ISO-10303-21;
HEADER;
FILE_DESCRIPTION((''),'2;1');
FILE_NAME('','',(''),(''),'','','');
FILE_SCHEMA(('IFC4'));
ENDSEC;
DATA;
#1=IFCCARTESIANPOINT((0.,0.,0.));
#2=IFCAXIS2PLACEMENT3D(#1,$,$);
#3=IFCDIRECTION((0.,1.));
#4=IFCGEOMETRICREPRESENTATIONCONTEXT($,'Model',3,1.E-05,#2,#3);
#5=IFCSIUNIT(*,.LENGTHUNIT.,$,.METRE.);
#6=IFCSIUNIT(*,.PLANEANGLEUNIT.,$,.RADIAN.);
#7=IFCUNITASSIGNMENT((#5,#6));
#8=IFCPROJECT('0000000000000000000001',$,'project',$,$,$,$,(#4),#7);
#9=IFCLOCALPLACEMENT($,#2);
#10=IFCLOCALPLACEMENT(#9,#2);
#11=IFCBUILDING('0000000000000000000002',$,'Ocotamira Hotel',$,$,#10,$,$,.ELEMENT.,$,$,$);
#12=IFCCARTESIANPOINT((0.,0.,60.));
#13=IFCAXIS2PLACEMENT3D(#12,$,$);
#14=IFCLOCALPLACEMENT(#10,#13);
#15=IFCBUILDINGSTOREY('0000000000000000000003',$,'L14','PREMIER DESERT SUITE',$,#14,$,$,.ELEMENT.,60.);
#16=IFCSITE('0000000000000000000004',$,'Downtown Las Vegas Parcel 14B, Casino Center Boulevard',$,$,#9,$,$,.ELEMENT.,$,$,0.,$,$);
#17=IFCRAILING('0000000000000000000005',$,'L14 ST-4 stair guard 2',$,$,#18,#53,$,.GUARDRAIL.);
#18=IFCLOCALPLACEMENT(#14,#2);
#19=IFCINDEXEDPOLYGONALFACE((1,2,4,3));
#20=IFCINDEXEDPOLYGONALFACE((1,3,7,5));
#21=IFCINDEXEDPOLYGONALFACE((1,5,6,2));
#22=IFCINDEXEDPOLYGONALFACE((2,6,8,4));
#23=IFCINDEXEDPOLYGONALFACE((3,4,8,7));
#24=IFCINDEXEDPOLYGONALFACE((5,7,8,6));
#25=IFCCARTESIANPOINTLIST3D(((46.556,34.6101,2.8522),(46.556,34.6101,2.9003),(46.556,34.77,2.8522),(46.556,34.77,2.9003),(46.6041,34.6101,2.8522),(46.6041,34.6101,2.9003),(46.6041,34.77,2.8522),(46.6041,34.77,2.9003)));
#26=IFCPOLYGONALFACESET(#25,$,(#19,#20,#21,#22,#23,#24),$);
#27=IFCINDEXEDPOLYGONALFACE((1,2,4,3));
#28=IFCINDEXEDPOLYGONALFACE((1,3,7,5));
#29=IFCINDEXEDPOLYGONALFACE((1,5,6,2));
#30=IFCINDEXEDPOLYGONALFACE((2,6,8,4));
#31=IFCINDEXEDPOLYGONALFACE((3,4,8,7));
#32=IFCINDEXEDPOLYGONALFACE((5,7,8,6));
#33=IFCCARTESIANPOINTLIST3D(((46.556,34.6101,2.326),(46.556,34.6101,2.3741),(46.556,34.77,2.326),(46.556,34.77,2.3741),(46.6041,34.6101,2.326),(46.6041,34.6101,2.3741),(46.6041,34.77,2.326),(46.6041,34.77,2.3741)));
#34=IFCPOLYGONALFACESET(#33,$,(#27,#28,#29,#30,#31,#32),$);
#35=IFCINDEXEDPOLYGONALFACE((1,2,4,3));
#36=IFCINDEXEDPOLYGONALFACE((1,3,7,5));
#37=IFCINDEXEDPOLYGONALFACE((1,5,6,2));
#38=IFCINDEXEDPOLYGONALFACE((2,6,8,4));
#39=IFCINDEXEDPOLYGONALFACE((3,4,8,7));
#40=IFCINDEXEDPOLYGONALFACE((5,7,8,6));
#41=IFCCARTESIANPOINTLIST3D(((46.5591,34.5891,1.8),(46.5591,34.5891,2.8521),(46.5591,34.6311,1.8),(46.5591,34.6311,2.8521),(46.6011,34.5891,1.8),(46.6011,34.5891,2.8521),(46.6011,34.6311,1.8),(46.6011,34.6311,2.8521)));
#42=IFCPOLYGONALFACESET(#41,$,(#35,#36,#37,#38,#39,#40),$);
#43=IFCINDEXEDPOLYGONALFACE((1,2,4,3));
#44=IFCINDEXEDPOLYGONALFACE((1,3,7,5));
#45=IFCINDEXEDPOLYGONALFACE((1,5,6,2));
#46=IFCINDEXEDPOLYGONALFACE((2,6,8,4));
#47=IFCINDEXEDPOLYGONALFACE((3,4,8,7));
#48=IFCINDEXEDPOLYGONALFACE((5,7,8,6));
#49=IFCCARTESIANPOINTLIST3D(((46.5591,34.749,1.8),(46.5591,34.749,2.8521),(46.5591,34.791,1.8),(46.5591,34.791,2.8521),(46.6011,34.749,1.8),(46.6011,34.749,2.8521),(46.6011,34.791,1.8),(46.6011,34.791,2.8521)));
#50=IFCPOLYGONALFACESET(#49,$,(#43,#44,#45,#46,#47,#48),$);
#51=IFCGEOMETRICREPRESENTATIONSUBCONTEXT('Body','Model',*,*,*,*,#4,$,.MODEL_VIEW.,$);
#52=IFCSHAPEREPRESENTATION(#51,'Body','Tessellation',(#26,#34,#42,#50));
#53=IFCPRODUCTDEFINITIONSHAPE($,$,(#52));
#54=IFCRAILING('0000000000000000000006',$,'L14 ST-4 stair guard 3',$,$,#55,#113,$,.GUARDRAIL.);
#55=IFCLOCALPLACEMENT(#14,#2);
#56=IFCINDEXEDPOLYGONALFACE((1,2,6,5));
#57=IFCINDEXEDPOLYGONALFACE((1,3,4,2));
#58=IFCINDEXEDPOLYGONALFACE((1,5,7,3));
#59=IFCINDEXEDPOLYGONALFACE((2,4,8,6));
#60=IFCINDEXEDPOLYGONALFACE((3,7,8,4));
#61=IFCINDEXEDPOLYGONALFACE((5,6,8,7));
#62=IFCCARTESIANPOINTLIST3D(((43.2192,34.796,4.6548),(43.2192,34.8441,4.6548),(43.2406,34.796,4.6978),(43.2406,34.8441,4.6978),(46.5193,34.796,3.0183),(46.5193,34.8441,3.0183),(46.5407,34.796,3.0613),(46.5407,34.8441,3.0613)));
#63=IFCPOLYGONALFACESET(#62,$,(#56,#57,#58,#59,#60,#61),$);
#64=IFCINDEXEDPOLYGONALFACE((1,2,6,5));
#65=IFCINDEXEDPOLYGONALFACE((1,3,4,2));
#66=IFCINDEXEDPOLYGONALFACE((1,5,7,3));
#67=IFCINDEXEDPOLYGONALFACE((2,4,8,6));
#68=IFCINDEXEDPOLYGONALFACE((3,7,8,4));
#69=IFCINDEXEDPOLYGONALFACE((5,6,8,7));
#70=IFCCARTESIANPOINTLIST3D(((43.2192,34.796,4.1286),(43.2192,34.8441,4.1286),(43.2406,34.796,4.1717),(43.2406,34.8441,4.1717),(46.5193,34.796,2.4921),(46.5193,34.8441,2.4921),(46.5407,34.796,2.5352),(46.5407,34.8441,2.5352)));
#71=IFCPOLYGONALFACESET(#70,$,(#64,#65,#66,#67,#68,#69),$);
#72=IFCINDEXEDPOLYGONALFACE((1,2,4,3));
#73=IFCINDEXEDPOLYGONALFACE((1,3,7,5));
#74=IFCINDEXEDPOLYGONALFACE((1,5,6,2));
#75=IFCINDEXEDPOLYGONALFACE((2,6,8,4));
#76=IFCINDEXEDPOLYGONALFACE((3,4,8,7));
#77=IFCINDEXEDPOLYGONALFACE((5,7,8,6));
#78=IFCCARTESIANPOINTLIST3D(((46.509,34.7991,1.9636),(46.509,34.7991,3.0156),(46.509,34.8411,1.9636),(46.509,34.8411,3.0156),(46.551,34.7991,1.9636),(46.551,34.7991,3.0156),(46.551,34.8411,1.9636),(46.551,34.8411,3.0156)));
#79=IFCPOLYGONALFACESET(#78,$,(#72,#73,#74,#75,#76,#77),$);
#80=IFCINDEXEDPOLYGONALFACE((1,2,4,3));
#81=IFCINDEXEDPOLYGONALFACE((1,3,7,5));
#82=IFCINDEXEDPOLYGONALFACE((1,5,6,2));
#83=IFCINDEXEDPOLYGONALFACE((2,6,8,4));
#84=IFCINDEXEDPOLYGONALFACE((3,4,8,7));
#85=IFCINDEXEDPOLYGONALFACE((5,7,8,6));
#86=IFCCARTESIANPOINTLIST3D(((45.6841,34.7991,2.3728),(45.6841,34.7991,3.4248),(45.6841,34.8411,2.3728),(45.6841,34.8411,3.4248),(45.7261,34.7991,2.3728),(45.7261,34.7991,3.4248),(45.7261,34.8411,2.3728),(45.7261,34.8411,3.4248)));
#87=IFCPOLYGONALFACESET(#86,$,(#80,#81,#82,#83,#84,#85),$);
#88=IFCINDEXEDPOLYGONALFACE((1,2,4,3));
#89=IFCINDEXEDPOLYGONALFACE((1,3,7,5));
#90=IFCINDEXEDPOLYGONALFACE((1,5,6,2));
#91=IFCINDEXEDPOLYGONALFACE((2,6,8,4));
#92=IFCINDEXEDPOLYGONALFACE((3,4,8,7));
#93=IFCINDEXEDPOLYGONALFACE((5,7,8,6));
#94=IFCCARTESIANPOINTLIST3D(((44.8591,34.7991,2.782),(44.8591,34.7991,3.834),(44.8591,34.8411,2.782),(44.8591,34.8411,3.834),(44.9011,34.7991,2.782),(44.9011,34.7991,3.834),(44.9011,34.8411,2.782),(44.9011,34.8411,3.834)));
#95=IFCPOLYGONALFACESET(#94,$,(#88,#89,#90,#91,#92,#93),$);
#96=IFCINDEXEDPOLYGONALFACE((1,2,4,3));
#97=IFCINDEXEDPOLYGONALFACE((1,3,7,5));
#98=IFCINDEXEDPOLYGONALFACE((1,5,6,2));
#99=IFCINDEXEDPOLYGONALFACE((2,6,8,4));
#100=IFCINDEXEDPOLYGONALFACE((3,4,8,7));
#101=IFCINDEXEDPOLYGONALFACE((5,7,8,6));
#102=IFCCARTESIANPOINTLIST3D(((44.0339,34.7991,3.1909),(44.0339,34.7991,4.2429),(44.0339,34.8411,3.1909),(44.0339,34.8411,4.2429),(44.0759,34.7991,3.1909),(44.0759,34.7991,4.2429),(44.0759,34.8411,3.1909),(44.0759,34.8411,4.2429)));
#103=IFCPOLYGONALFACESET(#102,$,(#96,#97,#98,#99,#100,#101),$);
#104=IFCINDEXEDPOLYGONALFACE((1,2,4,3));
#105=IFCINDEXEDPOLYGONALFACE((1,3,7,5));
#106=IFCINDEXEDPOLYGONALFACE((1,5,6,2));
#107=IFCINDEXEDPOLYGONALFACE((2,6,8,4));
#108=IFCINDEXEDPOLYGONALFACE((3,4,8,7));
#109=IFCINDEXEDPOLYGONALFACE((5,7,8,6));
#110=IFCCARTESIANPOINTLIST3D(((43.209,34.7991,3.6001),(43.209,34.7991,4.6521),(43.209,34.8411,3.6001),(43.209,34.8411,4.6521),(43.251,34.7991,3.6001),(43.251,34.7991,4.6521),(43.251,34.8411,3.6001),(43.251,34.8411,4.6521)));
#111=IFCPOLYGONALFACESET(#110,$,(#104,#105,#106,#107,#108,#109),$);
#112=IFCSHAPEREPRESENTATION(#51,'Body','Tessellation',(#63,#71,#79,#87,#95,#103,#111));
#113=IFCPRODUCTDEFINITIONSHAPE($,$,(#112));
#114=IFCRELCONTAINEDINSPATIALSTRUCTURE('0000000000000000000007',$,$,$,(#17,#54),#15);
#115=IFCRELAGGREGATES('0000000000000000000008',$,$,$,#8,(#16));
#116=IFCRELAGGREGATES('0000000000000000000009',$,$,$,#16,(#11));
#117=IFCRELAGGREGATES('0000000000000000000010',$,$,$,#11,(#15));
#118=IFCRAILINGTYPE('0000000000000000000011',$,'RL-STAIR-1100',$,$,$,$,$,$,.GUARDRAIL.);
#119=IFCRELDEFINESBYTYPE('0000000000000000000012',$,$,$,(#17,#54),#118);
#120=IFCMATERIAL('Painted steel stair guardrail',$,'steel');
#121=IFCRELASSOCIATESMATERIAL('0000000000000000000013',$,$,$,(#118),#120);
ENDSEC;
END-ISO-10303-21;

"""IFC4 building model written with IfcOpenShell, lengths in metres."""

from ifc_helpers import new_model, si_unit, direction, frame, origin, origin_2d, place, context, subcontext, project, spatial, rectangle, extrude, material, type_object, element, save


model = new_model("IFC4")

# Units and contexts
model_context = context("Model", 3, precision=1e-05, world=origin(), true_north=direction((0.0, 1.0)))
body_context = subcontext(model_context, "Body", "Model", "MODEL_VIEW")
ifc_project = project(units=[si_unit("LENGTHUNIT", "METRE"), si_unit("PLANEANGLEUNIT", "RADIAN")], contexts=[model_context])

# Site, building, storey
site_placement = place(None, origin())
site = spatial("IfcSite", under=ifc_project, at=site_placement, Name="Downtown Las Vegas Parcel 14B, Casino Center Boulevard", CompositionType="ELEMENT", RefElevation=0.0)
building_placement = place(site_placement, origin())
building = spatial("IfcBuilding", under=site, at=building_placement, Name="Ocotamira Hotel", CompositionType="ELEMENT")
storey_placement = place(building_placement, frame((0.0, 0.0, 60.0)))
storey = spatial("IfcBuildingStorey", under=building, at=storey_placement, Name="L14", Description="PREMIER DESERT SUITE", CompositionType="ELEMENT", Elevation=60.0)

# Railings
ifc_material_1 = material(Name="Painted steel stair guardrail", Category="steel")
railing_type_1 = type_object("IfcRailingType", Name="RL-STAIR-1100", PredefinedType="GUARDRAIL", material=ifc_material_1)
railing_1_placement = place(storey_placement, frame((46.5801, 34.6101, 1.8)))
element("IfcRailing", 1, at=railing_1_placement, inside=storey, type_object=railing_type_1, Name="L14 ST-4 stair guard 2", PredefinedType="GUARDRAIL", context=body_context, shape_type="SweptSolid", body=[
    extrude(rectangle(XDim=0.0481, YDim=0.0481, at=origin_2d()), frame((0.0, 0.0, 1.0762), z_axis=(0.0, 1.0, 0.0), x_axis=(-1.0, 0.0, 0.0)), (0.0, 0.0, 1.0), 0.1599),
    extrude(rectangle(XDim=0.0481, YDim=0.0481, at=origin_2d()), frame((0.0, 0.0, 0.55), z_axis=(0.0, 1.0, 0.0), x_axis=(-1.0, 0.0, 0.0)), (0.0, 0.0, 1.0), 0.1599),
    extrude(rectangle(XDim=0.042, YDim=0.042, at=origin_2d()), origin(), (0.0, 0.0, 1.0), 1.052),
    extrude(rectangle(XDim=0.042, YDim=0.042, at=origin_2d()), frame((0.0, 0.1599, 0.0)), (0.0, 0.0, 1.0), 1.052),
])
railing_2_placement = place(storey_placement, frame((46.53, 34.8201, 1.9636)))
element("IfcRailing", 2, at=railing_2_placement, inside=storey, type_object=railing_type_1, Name="L14 ST-4 stair guard 3", PredefinedType="GUARDRAIL", context=body_context, shape_type="SweptSolid", body=[
    extrude(rectangle(XDim=0.0481, YDim=0.0481, at=origin_2d()), frame((0.0, 0.0, 1.0762), z_axis=(-0.895894, 0.0, 0.444268), x_axis=(0.0, -1.0, 0.0)), (0.0, 0.0, 1.0), 3.6836),
    extrude(rectangle(XDim=0.0481, YDim=0.0481, at=origin_2d()), frame((0.0, 0.0, 0.55), z_axis=(-0.895894, 0.0, 0.444268), x_axis=(0.0, -1.0, 0.0)), (0.0, 0.0, 1.0), 3.6836),
    extrude(rectangle(XDim=0.042, YDim=0.042, at=origin_2d()), origin(), (0.0, 0.0, 1.0), 1.052),
    extrude(rectangle(XDim=0.042, YDim=0.042, at=origin_2d()), frame((-0.825, 0.0, 0.4092)), (0.0, 0.0, 1.0), 1.052),
    extrude(rectangle(XDim=0.042, YDim=0.042, at=origin_2d()), frame((-1.6499, 0.0, 0.8184)), (0.0, 0.0, 1.0), 1.052),
    extrude(rectangle(XDim=0.042, YDim=0.042, at=origin_2d()), frame((-2.4751, 0.0, 1.2273)), (0.0, 0.0, 1.0), 1.052),
    extrude(rectangle(XDim=0.042, YDim=0.042, at=origin_2d()), frame((-3.3, 0.0, 1.6365)), (0.0, 0.0, 1.0), 1.052),
])

save(model, "model.ifc")
